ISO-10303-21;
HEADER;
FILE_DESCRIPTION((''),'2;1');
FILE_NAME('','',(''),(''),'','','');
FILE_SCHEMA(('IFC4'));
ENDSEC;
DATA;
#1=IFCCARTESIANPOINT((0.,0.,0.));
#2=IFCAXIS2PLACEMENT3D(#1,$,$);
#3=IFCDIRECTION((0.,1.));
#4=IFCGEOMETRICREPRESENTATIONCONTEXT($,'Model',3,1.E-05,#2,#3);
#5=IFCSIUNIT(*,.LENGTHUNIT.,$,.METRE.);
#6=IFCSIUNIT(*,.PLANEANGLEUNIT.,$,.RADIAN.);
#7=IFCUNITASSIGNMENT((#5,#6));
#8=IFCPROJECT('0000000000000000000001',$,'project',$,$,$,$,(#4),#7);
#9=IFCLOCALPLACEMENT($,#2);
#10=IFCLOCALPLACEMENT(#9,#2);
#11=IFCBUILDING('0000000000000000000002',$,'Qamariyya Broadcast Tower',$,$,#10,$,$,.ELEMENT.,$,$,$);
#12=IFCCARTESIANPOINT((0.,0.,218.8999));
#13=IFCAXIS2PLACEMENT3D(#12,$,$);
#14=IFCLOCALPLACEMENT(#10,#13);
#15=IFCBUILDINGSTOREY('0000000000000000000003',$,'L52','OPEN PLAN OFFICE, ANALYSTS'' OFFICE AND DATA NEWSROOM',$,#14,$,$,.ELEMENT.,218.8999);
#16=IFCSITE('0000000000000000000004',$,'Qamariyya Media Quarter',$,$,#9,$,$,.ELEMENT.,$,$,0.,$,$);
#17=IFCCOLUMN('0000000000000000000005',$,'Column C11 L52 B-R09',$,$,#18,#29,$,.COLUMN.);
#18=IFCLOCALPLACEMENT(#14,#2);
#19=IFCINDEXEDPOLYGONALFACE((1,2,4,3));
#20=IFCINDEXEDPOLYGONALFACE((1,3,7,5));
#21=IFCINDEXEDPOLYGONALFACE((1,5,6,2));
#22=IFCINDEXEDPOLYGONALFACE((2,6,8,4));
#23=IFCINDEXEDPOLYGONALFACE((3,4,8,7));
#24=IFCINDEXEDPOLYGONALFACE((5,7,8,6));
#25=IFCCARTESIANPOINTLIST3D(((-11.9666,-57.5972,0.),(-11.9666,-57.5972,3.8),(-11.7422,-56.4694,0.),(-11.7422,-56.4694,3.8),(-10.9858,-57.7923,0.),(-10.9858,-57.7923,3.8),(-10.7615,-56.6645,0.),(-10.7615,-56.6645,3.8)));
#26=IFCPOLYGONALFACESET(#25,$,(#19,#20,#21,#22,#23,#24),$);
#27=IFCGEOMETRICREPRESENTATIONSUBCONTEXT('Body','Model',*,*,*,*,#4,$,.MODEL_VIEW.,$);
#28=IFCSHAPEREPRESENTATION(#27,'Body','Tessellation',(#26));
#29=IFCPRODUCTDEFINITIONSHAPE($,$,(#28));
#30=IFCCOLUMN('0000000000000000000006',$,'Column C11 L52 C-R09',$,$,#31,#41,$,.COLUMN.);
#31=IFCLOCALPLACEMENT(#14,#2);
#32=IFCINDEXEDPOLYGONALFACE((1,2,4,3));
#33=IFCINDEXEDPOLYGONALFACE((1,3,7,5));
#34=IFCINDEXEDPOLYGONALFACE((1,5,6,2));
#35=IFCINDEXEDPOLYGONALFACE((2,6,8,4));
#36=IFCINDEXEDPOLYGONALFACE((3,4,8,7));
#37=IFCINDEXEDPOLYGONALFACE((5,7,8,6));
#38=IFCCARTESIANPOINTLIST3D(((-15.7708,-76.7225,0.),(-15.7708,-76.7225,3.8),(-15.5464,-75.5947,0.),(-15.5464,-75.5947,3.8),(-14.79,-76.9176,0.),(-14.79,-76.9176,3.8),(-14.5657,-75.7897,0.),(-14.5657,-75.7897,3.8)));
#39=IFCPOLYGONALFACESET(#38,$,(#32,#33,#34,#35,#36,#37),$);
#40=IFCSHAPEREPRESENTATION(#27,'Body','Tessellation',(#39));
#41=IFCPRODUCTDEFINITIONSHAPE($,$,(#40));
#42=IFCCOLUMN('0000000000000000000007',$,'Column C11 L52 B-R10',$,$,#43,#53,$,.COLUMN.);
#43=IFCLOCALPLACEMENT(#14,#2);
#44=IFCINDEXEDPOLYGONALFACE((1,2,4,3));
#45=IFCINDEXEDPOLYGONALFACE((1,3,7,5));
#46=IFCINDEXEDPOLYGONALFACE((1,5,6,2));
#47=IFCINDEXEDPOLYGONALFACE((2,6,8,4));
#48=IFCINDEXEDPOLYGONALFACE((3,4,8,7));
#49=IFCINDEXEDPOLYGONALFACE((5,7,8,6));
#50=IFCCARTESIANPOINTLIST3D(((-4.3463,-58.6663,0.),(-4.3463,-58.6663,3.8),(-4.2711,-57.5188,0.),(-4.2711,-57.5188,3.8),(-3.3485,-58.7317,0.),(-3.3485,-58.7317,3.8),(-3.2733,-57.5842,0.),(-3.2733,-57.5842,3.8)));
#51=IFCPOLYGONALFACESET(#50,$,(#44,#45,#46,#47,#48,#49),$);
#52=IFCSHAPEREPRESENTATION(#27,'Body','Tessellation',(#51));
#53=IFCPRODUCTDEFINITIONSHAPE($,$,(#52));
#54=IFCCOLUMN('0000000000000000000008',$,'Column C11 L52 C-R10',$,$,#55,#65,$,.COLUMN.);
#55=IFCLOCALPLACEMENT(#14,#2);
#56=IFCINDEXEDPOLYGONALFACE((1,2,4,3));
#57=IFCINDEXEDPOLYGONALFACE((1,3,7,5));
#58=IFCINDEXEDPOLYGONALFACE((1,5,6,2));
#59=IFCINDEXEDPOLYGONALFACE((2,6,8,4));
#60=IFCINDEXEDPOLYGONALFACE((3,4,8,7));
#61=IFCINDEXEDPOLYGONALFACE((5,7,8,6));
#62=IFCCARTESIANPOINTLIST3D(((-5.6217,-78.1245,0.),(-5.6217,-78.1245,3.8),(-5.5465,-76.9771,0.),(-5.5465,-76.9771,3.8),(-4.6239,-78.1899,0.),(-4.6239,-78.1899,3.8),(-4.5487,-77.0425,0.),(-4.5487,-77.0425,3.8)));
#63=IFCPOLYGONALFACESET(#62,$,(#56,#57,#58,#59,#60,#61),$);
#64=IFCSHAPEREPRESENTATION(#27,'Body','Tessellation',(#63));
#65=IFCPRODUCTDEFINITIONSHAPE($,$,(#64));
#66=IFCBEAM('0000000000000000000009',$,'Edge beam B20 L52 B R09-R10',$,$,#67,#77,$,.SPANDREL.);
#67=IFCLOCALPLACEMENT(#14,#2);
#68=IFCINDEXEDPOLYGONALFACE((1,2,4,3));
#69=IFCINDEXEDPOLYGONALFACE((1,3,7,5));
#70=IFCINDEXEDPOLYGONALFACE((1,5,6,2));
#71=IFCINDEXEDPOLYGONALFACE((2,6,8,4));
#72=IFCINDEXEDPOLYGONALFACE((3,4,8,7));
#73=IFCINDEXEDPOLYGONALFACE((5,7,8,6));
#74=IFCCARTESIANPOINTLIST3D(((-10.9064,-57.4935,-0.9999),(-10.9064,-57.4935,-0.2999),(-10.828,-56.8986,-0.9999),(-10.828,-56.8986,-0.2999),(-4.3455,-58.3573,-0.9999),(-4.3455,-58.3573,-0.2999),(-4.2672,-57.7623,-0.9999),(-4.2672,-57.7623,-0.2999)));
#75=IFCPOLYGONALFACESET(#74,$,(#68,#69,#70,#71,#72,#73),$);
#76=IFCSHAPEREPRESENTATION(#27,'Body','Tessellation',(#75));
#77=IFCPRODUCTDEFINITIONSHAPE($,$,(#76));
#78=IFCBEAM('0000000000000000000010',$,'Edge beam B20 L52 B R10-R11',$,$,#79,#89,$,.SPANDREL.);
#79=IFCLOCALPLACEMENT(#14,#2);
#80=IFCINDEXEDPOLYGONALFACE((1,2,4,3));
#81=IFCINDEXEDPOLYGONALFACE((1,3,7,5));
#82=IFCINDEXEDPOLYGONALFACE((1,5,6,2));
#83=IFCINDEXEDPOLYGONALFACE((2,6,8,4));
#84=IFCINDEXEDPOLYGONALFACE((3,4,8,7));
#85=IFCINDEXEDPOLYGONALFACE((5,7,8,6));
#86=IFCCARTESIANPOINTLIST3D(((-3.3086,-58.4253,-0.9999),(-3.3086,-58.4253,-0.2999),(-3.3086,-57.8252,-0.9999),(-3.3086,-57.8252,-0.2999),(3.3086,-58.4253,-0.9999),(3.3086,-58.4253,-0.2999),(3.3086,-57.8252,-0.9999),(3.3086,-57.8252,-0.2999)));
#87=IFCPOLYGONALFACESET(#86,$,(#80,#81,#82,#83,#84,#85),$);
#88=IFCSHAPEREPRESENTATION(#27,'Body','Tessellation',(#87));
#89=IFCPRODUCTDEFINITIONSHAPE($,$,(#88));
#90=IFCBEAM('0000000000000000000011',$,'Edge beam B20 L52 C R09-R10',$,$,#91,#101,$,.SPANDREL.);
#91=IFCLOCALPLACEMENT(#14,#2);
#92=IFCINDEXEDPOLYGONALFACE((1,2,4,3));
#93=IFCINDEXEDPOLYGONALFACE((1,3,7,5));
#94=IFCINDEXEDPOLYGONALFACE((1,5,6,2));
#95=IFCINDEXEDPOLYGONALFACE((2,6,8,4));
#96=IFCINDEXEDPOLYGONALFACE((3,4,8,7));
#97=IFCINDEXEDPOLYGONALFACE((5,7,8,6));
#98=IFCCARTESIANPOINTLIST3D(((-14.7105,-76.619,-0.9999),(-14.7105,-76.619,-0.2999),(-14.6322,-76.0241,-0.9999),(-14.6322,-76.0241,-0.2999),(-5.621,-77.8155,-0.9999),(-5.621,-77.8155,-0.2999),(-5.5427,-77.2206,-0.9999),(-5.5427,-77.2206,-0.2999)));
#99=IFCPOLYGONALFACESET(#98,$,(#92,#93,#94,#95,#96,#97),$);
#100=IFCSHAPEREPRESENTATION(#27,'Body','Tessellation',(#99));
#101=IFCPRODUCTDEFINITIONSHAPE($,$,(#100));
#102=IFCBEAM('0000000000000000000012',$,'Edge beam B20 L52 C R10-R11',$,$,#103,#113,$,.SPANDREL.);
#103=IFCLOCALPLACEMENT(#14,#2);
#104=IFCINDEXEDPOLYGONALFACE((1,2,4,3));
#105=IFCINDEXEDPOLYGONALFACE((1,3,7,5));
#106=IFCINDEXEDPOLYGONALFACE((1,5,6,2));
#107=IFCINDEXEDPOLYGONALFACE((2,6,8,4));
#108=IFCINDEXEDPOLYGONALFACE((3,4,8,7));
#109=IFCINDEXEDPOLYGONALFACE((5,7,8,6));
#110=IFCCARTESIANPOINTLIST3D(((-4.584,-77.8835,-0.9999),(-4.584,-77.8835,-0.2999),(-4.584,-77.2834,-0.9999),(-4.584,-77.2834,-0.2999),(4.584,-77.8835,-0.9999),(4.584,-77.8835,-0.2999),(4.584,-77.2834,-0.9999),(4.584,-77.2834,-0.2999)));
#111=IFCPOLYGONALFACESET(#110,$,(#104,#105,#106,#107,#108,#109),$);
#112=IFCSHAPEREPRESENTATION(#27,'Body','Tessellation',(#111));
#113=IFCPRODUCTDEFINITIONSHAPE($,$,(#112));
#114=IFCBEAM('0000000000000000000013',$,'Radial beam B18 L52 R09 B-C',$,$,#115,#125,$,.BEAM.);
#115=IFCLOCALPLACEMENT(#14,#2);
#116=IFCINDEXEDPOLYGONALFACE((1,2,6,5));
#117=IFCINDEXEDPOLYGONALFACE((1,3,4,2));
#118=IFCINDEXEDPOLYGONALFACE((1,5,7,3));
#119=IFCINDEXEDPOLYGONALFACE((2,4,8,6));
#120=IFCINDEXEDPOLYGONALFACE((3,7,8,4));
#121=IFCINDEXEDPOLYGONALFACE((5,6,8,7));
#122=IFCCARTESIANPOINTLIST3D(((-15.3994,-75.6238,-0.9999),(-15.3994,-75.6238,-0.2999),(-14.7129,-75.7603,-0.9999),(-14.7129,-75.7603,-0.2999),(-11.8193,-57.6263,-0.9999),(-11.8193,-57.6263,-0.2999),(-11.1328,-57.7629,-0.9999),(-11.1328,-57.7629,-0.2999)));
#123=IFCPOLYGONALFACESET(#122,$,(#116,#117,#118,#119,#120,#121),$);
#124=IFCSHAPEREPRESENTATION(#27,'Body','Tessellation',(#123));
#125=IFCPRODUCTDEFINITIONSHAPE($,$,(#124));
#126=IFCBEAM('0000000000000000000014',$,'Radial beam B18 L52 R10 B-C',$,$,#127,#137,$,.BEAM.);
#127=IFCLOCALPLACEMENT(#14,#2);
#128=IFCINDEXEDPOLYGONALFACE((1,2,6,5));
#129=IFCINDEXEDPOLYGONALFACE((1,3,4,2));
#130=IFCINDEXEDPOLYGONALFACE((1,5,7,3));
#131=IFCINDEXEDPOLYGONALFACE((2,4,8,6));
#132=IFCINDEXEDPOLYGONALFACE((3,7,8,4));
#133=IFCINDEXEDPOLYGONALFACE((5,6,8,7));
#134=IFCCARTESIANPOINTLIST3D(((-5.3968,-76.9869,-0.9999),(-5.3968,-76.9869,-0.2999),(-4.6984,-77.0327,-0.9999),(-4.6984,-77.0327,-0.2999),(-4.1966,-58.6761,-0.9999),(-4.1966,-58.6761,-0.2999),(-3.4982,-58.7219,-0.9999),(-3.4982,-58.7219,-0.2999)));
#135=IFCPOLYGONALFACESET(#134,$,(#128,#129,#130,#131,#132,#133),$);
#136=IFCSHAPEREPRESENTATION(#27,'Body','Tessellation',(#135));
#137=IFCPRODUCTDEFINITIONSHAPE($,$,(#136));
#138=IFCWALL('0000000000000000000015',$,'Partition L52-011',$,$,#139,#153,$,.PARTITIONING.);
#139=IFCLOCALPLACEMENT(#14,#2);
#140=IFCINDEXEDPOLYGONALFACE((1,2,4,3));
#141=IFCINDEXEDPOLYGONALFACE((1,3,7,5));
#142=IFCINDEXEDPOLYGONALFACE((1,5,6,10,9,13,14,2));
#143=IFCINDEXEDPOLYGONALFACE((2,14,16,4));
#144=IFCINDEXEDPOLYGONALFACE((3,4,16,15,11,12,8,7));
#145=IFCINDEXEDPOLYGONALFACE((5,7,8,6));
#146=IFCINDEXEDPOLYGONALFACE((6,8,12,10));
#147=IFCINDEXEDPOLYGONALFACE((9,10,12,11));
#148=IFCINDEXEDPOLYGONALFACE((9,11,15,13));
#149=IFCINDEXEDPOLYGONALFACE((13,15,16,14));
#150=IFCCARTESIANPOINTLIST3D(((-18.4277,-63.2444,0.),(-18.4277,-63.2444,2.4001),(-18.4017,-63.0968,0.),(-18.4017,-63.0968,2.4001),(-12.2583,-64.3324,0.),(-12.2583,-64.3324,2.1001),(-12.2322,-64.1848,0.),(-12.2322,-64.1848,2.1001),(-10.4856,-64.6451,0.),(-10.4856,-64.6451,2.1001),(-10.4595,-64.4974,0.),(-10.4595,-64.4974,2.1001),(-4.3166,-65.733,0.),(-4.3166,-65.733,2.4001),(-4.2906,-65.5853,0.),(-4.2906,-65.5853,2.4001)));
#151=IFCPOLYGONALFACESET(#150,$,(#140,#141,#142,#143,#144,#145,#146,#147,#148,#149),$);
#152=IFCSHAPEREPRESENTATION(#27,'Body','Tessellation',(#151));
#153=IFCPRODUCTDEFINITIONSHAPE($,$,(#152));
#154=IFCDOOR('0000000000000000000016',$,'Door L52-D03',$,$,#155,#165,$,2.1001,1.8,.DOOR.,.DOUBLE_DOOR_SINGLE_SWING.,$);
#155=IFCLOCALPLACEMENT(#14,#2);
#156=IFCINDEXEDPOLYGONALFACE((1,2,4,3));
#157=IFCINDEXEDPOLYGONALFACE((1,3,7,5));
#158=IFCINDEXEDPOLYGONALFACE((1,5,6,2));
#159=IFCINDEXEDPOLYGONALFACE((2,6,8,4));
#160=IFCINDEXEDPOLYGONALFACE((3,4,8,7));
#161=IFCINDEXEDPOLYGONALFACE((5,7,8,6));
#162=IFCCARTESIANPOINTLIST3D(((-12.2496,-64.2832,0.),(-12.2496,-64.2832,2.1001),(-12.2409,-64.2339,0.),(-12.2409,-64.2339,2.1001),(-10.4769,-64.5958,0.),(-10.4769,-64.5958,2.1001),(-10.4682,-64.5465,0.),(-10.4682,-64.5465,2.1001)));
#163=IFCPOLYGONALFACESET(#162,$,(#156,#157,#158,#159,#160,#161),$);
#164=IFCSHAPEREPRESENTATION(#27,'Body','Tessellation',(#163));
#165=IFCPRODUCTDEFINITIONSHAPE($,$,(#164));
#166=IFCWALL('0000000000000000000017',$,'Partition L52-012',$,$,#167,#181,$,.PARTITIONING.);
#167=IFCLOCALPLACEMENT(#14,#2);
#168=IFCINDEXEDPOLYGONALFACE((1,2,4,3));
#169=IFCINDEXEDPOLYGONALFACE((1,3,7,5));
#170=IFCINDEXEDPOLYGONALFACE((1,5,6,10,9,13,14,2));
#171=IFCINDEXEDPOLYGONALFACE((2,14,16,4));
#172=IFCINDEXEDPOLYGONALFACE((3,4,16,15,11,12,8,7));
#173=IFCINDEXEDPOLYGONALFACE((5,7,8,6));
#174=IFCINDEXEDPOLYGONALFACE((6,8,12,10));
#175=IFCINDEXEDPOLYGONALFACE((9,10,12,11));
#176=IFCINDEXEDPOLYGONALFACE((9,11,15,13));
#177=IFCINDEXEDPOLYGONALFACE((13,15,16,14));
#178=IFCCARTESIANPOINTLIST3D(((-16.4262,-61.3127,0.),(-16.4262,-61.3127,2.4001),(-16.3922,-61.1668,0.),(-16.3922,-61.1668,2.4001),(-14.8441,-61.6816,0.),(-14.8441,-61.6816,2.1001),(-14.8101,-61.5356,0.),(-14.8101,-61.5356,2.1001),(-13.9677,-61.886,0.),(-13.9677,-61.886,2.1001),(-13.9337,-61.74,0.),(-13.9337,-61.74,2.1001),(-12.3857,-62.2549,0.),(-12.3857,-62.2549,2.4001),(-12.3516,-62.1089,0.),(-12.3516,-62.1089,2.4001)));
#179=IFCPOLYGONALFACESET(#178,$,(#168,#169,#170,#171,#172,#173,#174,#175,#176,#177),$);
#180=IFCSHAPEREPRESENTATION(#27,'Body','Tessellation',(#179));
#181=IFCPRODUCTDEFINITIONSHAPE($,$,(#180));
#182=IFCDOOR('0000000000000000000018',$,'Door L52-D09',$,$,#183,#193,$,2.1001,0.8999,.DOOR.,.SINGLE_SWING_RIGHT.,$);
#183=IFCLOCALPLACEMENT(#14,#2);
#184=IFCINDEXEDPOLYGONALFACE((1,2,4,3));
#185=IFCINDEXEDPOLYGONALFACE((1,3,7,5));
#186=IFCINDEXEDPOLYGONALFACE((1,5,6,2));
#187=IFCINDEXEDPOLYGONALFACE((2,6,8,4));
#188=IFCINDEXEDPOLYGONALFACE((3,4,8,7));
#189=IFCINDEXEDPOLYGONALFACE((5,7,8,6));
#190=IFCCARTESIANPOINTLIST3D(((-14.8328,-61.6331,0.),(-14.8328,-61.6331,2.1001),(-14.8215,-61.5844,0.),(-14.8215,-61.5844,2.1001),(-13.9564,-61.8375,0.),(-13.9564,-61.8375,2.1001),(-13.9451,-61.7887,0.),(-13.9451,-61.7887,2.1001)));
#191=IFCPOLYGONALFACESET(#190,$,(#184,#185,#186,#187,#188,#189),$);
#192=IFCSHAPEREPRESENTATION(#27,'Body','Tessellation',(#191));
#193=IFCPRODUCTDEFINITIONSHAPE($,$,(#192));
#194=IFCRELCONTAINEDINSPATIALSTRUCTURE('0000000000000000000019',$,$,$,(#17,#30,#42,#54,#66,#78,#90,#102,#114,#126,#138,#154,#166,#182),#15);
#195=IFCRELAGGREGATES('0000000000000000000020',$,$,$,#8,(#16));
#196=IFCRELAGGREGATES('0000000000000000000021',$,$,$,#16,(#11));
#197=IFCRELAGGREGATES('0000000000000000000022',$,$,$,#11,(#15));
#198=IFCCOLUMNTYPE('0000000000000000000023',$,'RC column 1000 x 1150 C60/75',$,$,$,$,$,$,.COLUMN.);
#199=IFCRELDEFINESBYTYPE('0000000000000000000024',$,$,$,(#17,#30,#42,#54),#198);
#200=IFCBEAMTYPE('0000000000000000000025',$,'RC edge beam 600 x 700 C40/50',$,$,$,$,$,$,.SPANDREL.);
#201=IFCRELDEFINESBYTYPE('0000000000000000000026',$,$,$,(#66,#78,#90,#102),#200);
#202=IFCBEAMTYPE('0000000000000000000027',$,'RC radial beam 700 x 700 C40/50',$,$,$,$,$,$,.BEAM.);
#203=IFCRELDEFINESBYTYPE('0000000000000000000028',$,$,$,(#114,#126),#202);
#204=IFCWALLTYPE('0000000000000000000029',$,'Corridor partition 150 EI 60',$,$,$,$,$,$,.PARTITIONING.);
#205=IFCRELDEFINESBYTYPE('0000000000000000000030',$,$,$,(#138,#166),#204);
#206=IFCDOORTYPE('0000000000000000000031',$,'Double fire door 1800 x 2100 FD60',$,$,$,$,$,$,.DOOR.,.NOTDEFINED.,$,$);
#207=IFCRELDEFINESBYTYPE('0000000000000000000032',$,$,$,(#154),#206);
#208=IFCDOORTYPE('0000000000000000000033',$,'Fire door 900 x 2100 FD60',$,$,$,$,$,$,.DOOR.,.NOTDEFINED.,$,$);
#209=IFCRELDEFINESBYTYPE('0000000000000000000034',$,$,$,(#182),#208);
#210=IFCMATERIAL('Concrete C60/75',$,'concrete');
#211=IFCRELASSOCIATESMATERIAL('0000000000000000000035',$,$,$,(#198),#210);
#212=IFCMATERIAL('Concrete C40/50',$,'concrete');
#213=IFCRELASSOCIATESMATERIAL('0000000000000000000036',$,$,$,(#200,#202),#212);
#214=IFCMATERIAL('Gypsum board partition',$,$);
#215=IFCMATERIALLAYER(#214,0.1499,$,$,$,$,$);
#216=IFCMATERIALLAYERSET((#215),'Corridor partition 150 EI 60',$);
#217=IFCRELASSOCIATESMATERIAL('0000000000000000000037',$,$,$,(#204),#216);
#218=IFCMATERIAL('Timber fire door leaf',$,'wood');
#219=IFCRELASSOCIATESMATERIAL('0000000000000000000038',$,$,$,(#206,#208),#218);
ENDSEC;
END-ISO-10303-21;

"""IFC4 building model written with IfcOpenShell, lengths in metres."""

from ifc_helpers import new_model, si_unit, direction, frame, frame_2d, origin, origin_2d, place, context, subcontext, project, spatial, rectangle, extrude, material, layer, layer_set, material_profile, profile_set, type_object, element, fill, save


model = new_model("IFC4")

# Units and contexts
model_context = context("Model", 3, precision=1e-05, world=origin(), true_north=direction((0.0, 1.0)))
body_context = subcontext(model_context, "Body", "Model", "MODEL_VIEW")
ifc_project = project(units=[si_unit("LENGTHUNIT", "METRE"), si_unit("PLANEANGLEUNIT", "RADIAN")], contexts=[model_context])

# Site, building, storey
site_placement = place(None, origin())
site = spatial("IfcSite", under=ifc_project, at=site_placement, Name="Qamariyya Media Quarter", CompositionType="ELEMENT", RefElevation=0.0)
building_placement = place(site_placement, origin())
building = spatial("IfcBuilding", under=site, at=building_placement, Name="Qamariyya Broadcast Tower", CompositionType="ELEMENT")
storey_placement = place(building_placement, frame((0.0, 0.0, 218.8999)))
storey = spatial("IfcBuildingStorey", under=building, at=storey_placement, Name="L52", Description="OPEN PLAN OFFICE, ANALYSTS' OFFICE AND DATA NEWSROOM", CompositionType="ELEMENT", Elevation=218.8999)

# Columns
ifc_material_1 = material(Name="Concrete C60/75", Category="concrete")
ifc_material_profile_1 = material_profile(ifc_material_1, rectangle(XDim=1.0, YDim=1.1499, at=origin_2d()))
ifc_profile_set_1 = profile_set([ifc_material_profile_1], Name="Concrete C60/75")
column_type = type_object("IfcColumnType", Name="RC column 1000 x 1150 C60/75", PredefinedType="COLUMN", material=ifc_profile_set_1)
for number, where, z_axis, x_axis, name in (
    (1, (-11.364, -57.1309, 0.0), (0.0, 0.0, 1.0), (0.980785, -0.19509, 0.0), "Column C11 L52 B-R09"),
    (2, (-15.1682, -76.2561, 0.0), (0.0, 0.0, 1.0), (0.980785, -0.19509, 0.0), "Column C11 L52 C-R09"),
    (3, (-3.8098, -58.1252, 0.0), (0.0, 0.0, 1.0), (0.997859, -0.065403, 0.0), "Column C11 L52 B-R10"),
    (4, (-5.0852, -77.5835, 0.0), (0.0, 0.0, 1.0), (0.997859, -0.065403, 0.0), "Column C11 L52 C-R10"),
):
    element("IfcColumn", number, at=place(storey_placement, frame(where, z_axis=z_axis, x_axis=x_axis)), inside=storey, type_object=column_type, Name=name, PredefinedType="COLUMN", context=body_context, shape_type="SweptSolid", body=[
        extrude(rectangle(XDim=1.0, YDim=1.1499, at=origin_2d()), origin(), (0.0, 0.0, 1.0), 3.8),
    ])

# Beams
ifc_material_2 = material(Name="Concrete C40/50", Category="concrete")
ifc_material_profile_2 = material_profile(ifc_material_2, rectangle(XDim=0.6001, YDim=0.7, at=origin_2d()))
ifc_profile_set_2 = profile_set([ifc_material_profile_2], Name="Concrete C40/50")
beam_type_1 = type_object("IfcBeamType", Name="RC edge beam 600 x 700 C40/50", PredefinedType="SPANDREL", material=ifc_profile_set_2)
beam_1_placement = place(storey_placement, frame((-10.8672, -57.196, -0.6499), z_axis=(0.991444, -0.13053, 0.0), x_axis=(0.13053, 0.991444, 0.0)))
element("IfcBeam", 5, at=beam_1_placement, inside=storey, type_object=beam_type_1, Name="Edge beam B20 L52 B R09-R10", PredefinedType="SPANDREL", context=body_context, shape_type="SweptSolid", body=[
    extrude(rectangle(XDim=0.6001, YDim=0.7, at=origin_2d()), origin(), (0.0, 0.0, 1.0), 6.6174),
])
beam_2_placement = place(storey_placement, frame((-3.3086, -58.1252, -0.6499), z_axis=(1.0, 0.0, 0.0), x_axis=(0.0, 1.0, 0.0)))
element("IfcBeam", 6, at=beam_2_placement, inside=storey, type_object=beam_type_1, Name="Edge beam B20 L52 B R10-R11", PredefinedType="SPANDREL", context=body_context, shape_type="SweptSolid", body=[
    extrude(rectangle(XDim=0.6001, YDim=0.7, at=origin_2d()), origin(), (0.0, 0.0, 1.0), 6.6172),
])
for number, where, z_axis, x_axis, name in (
    (7, (-14.6714, -76.3215, -0.6499), (0.991447, -0.130512, 0.0), (0.130512, 0.991447, 0.0), "Edge beam B20 L52 C R09-R10"),
    (8, (-4.584, -77.5835, -0.6499), (1.0, 0.0, 0.0), (0.0, 1.0, 0.0), "Edge beam B20 L52 C R10-R11"),
):
    element("IfcBeam", number, at=place(storey_placement, frame(where, z_axis=z_axis, x_axis=x_axis)), inside=storey, type_object=beam_type_1, Name=name, PredefinedType="SPANDREL", context=body_context, shape_type="SweptSolid", body=[
        extrude(rectangle(XDim=0.6001, YDim=0.7, at=origin_2d()), origin(), (0.0, 0.0, 1.0), 9.168),
    ])
ifc_material_profile_3 = material_profile(ifc_material_2, rectangle(XDim=0.7, YDim=0.7, at=origin_2d()))
ifc_profile_set_3 = profile_set([ifc_material_profile_3], Name="Concrete C40/50")
beam_type_2 = type_object("IfcBeamType", Name="RC radial beam 700 x 700 C40/50", PredefinedType="BEAM", material=ifc_profile_set_3)
for number, where, z_axis, x_axis, name in (
    (9, (-11.4761, -57.6946, -0.6499), (-0.195098, -0.980784, 0.0), (0.980784, -0.195098, 0.0), "Radial beam B18 L52 R09 B-C"),
    (10, (-3.8474, -58.699, -0.6499), (-0.065405, -0.997859, 0.0), (0.997859, -0.065405, 0.0), "Radial beam B18 L52 R10 B-C"),
):
    element("IfcBeam", number, at=place(storey_placement, frame(where, z_axis=z_axis, x_axis=x_axis)), inside=storey, type_object=beam_type_2, Name=name, PredefinedType="BEAM", context=body_context, shape_type="SweptSolid", body=[
        extrude(rectangle(XDim=0.7, YDim=0.7, at=origin_2d()), origin(), (0.0, 0.0, 1.0), 18.3501),
    ])

# Walls, openings, doors
ifc_material_3 = material(Name="Gypsum board partition")
ifc_layer_1 = layer(ifc_material_3, 0.1499)
ifc_layer_set_1 = layer_set([ifc_layer_1], Name="Corridor partition 150 EI 60")
wall_type_1 = type_object("IfcWallType", Name="Corridor partition 150 EI 60", PredefinedType="PARTITIONING", material=ifc_layer_set_1)
wall_1_placement = place(storey_placement, frame((-4.3035, -65.6592, 0.0), z_axis=(0.0, 0.0, 1.0), x_axis=(-0.984803, 0.173673, 0.0)))
wall_1 = element("IfcWall", 11, at=wall_1_placement, inside=storey, type_object=wall_type_1, Name="Partition L52-011", PredefinedType="PARTITIONING", context=body_context, shape_type="SweptSolid", body=[
    extrude(rectangle(XDim=14.3289, YDim=0.1499, at=frame_2d((7.1646, 0.0))), origin(), (0.0, 0.0, 1.0), 2.4001),
])
opening_1_placement = place(wall_1_placement, frame((6.2644, 0.0, 0.0)))
opening_1 = element("IfcOpeningElement", 12, at=opening_1_placement, cuts=wall_1, PredefinedType="OPENING", context=body_context, shape_type="SweptSolid", body=[
    extrude(rectangle(XDim=1.8, YDim=2.1001, at=frame_2d((0.8999, 1.05))), frame((0.0, 0.085, 0.0), z_axis=(0.0, -1.0, 0.0), x_axis=(1.0, 0.0, 0.0)), (0.0, 0.0, 1.0), 0.1699),
])
ifc_material_4 = material(Name="Timber fire door leaf", Category="wood")
door_type_1 = type_object("IfcDoorType", Name="Double fire door 1800 x 2100 FD60", OperationType="NOTDEFINED", PredefinedType="DOOR", material=ifc_material_4)
door_1_placement = place(opening_1_placement, origin())
door_1 = element("IfcDoor", 13, at=door_1_placement, inside=storey, type_object=door_type_1, Name="Door L52-D03", OperationType="DOUBLE_DOOR_SINGLE_SWING", OverallHeight=2.1001, OverallWidth=1.8, PredefinedType="DOOR", context=body_context, shape_type="SweptSolid", body=[
    extrude(rectangle(XDim=1.8, YDim=2.1001, at=frame_2d((0.8999, 1.05))), frame((0.0, 0.0249, 0.0), z_axis=(0.0, -1.0, 0.0), x_axis=(1.0, 0.0, 0.0)), (0.0, 0.0, 1.0), 0.05),
])
fill(opening_1, door_1)
wall_2_placement = place(storey_placement, frame((-16.4092, -61.2397, 0.0), z_axis=(0.0, 0.0, 1.0), x_axis=(0.973876, -0.227081, 0.0)))
wall_2 = element("IfcWall", 14, at=wall_2_placement, inside=storey, type_object=wall_type_1, Name="Partition L52-012", PredefinedType="PARTITIONING", context=body_context, shape_type="SweptSolid", body=[
    extrude(rectangle(XDim=4.1489, YDim=0.1499, at=frame_2d((2.0745, 0.0))), origin(), (0.0, 0.0, 1.0), 2.4001),
])
opening_2_placement = place(wall_2_placement, frame((1.6245, 0.0, 0.0)))
opening_2 = element("IfcOpeningElement", 15, at=opening_2_placement, cuts=wall_2, PredefinedType="OPENING", context=body_context, shape_type="SweptSolid", body=[
    extrude(rectangle(XDim=0.8999, YDim=2.1001, at=frame_2d((0.45, 1.05))), frame((0.0, 0.085, 0.0), z_axis=(0.0, -1.0, 0.0), x_axis=(1.0, 0.0, 0.0)), (0.0, 0.0, 1.0), 0.1699),
])
door_type_2 = type_object("IfcDoorType", Name="Fire door 900 x 2100 FD60", OperationType="NOTDEFINED", PredefinedType="DOOR", material=ifc_material_4)
door_2_placement = place(opening_2_placement, origin())
door_2 = element("IfcDoor", 16, at=door_2_placement, inside=storey, type_object=door_type_2, Name="Door L52-D09", OperationType="SINGLE_SWING_RIGHT", OverallHeight=2.1001, OverallWidth=0.8999, PredefinedType="DOOR", context=body_context, shape_type="SweptSolid", body=[
    extrude(rectangle(XDim=0.8999, YDim=2.1001, at=frame_2d((0.45, 1.05))), frame((0.0, 0.0249, 0.0), z_axis=(0.0, -1.0, 0.0), x_axis=(1.0, 0.0, 0.0)), (0.0, 0.0, 1.0), 0.05),
])
fill(opening_2, door_2)

save(model, "model.ifc")
